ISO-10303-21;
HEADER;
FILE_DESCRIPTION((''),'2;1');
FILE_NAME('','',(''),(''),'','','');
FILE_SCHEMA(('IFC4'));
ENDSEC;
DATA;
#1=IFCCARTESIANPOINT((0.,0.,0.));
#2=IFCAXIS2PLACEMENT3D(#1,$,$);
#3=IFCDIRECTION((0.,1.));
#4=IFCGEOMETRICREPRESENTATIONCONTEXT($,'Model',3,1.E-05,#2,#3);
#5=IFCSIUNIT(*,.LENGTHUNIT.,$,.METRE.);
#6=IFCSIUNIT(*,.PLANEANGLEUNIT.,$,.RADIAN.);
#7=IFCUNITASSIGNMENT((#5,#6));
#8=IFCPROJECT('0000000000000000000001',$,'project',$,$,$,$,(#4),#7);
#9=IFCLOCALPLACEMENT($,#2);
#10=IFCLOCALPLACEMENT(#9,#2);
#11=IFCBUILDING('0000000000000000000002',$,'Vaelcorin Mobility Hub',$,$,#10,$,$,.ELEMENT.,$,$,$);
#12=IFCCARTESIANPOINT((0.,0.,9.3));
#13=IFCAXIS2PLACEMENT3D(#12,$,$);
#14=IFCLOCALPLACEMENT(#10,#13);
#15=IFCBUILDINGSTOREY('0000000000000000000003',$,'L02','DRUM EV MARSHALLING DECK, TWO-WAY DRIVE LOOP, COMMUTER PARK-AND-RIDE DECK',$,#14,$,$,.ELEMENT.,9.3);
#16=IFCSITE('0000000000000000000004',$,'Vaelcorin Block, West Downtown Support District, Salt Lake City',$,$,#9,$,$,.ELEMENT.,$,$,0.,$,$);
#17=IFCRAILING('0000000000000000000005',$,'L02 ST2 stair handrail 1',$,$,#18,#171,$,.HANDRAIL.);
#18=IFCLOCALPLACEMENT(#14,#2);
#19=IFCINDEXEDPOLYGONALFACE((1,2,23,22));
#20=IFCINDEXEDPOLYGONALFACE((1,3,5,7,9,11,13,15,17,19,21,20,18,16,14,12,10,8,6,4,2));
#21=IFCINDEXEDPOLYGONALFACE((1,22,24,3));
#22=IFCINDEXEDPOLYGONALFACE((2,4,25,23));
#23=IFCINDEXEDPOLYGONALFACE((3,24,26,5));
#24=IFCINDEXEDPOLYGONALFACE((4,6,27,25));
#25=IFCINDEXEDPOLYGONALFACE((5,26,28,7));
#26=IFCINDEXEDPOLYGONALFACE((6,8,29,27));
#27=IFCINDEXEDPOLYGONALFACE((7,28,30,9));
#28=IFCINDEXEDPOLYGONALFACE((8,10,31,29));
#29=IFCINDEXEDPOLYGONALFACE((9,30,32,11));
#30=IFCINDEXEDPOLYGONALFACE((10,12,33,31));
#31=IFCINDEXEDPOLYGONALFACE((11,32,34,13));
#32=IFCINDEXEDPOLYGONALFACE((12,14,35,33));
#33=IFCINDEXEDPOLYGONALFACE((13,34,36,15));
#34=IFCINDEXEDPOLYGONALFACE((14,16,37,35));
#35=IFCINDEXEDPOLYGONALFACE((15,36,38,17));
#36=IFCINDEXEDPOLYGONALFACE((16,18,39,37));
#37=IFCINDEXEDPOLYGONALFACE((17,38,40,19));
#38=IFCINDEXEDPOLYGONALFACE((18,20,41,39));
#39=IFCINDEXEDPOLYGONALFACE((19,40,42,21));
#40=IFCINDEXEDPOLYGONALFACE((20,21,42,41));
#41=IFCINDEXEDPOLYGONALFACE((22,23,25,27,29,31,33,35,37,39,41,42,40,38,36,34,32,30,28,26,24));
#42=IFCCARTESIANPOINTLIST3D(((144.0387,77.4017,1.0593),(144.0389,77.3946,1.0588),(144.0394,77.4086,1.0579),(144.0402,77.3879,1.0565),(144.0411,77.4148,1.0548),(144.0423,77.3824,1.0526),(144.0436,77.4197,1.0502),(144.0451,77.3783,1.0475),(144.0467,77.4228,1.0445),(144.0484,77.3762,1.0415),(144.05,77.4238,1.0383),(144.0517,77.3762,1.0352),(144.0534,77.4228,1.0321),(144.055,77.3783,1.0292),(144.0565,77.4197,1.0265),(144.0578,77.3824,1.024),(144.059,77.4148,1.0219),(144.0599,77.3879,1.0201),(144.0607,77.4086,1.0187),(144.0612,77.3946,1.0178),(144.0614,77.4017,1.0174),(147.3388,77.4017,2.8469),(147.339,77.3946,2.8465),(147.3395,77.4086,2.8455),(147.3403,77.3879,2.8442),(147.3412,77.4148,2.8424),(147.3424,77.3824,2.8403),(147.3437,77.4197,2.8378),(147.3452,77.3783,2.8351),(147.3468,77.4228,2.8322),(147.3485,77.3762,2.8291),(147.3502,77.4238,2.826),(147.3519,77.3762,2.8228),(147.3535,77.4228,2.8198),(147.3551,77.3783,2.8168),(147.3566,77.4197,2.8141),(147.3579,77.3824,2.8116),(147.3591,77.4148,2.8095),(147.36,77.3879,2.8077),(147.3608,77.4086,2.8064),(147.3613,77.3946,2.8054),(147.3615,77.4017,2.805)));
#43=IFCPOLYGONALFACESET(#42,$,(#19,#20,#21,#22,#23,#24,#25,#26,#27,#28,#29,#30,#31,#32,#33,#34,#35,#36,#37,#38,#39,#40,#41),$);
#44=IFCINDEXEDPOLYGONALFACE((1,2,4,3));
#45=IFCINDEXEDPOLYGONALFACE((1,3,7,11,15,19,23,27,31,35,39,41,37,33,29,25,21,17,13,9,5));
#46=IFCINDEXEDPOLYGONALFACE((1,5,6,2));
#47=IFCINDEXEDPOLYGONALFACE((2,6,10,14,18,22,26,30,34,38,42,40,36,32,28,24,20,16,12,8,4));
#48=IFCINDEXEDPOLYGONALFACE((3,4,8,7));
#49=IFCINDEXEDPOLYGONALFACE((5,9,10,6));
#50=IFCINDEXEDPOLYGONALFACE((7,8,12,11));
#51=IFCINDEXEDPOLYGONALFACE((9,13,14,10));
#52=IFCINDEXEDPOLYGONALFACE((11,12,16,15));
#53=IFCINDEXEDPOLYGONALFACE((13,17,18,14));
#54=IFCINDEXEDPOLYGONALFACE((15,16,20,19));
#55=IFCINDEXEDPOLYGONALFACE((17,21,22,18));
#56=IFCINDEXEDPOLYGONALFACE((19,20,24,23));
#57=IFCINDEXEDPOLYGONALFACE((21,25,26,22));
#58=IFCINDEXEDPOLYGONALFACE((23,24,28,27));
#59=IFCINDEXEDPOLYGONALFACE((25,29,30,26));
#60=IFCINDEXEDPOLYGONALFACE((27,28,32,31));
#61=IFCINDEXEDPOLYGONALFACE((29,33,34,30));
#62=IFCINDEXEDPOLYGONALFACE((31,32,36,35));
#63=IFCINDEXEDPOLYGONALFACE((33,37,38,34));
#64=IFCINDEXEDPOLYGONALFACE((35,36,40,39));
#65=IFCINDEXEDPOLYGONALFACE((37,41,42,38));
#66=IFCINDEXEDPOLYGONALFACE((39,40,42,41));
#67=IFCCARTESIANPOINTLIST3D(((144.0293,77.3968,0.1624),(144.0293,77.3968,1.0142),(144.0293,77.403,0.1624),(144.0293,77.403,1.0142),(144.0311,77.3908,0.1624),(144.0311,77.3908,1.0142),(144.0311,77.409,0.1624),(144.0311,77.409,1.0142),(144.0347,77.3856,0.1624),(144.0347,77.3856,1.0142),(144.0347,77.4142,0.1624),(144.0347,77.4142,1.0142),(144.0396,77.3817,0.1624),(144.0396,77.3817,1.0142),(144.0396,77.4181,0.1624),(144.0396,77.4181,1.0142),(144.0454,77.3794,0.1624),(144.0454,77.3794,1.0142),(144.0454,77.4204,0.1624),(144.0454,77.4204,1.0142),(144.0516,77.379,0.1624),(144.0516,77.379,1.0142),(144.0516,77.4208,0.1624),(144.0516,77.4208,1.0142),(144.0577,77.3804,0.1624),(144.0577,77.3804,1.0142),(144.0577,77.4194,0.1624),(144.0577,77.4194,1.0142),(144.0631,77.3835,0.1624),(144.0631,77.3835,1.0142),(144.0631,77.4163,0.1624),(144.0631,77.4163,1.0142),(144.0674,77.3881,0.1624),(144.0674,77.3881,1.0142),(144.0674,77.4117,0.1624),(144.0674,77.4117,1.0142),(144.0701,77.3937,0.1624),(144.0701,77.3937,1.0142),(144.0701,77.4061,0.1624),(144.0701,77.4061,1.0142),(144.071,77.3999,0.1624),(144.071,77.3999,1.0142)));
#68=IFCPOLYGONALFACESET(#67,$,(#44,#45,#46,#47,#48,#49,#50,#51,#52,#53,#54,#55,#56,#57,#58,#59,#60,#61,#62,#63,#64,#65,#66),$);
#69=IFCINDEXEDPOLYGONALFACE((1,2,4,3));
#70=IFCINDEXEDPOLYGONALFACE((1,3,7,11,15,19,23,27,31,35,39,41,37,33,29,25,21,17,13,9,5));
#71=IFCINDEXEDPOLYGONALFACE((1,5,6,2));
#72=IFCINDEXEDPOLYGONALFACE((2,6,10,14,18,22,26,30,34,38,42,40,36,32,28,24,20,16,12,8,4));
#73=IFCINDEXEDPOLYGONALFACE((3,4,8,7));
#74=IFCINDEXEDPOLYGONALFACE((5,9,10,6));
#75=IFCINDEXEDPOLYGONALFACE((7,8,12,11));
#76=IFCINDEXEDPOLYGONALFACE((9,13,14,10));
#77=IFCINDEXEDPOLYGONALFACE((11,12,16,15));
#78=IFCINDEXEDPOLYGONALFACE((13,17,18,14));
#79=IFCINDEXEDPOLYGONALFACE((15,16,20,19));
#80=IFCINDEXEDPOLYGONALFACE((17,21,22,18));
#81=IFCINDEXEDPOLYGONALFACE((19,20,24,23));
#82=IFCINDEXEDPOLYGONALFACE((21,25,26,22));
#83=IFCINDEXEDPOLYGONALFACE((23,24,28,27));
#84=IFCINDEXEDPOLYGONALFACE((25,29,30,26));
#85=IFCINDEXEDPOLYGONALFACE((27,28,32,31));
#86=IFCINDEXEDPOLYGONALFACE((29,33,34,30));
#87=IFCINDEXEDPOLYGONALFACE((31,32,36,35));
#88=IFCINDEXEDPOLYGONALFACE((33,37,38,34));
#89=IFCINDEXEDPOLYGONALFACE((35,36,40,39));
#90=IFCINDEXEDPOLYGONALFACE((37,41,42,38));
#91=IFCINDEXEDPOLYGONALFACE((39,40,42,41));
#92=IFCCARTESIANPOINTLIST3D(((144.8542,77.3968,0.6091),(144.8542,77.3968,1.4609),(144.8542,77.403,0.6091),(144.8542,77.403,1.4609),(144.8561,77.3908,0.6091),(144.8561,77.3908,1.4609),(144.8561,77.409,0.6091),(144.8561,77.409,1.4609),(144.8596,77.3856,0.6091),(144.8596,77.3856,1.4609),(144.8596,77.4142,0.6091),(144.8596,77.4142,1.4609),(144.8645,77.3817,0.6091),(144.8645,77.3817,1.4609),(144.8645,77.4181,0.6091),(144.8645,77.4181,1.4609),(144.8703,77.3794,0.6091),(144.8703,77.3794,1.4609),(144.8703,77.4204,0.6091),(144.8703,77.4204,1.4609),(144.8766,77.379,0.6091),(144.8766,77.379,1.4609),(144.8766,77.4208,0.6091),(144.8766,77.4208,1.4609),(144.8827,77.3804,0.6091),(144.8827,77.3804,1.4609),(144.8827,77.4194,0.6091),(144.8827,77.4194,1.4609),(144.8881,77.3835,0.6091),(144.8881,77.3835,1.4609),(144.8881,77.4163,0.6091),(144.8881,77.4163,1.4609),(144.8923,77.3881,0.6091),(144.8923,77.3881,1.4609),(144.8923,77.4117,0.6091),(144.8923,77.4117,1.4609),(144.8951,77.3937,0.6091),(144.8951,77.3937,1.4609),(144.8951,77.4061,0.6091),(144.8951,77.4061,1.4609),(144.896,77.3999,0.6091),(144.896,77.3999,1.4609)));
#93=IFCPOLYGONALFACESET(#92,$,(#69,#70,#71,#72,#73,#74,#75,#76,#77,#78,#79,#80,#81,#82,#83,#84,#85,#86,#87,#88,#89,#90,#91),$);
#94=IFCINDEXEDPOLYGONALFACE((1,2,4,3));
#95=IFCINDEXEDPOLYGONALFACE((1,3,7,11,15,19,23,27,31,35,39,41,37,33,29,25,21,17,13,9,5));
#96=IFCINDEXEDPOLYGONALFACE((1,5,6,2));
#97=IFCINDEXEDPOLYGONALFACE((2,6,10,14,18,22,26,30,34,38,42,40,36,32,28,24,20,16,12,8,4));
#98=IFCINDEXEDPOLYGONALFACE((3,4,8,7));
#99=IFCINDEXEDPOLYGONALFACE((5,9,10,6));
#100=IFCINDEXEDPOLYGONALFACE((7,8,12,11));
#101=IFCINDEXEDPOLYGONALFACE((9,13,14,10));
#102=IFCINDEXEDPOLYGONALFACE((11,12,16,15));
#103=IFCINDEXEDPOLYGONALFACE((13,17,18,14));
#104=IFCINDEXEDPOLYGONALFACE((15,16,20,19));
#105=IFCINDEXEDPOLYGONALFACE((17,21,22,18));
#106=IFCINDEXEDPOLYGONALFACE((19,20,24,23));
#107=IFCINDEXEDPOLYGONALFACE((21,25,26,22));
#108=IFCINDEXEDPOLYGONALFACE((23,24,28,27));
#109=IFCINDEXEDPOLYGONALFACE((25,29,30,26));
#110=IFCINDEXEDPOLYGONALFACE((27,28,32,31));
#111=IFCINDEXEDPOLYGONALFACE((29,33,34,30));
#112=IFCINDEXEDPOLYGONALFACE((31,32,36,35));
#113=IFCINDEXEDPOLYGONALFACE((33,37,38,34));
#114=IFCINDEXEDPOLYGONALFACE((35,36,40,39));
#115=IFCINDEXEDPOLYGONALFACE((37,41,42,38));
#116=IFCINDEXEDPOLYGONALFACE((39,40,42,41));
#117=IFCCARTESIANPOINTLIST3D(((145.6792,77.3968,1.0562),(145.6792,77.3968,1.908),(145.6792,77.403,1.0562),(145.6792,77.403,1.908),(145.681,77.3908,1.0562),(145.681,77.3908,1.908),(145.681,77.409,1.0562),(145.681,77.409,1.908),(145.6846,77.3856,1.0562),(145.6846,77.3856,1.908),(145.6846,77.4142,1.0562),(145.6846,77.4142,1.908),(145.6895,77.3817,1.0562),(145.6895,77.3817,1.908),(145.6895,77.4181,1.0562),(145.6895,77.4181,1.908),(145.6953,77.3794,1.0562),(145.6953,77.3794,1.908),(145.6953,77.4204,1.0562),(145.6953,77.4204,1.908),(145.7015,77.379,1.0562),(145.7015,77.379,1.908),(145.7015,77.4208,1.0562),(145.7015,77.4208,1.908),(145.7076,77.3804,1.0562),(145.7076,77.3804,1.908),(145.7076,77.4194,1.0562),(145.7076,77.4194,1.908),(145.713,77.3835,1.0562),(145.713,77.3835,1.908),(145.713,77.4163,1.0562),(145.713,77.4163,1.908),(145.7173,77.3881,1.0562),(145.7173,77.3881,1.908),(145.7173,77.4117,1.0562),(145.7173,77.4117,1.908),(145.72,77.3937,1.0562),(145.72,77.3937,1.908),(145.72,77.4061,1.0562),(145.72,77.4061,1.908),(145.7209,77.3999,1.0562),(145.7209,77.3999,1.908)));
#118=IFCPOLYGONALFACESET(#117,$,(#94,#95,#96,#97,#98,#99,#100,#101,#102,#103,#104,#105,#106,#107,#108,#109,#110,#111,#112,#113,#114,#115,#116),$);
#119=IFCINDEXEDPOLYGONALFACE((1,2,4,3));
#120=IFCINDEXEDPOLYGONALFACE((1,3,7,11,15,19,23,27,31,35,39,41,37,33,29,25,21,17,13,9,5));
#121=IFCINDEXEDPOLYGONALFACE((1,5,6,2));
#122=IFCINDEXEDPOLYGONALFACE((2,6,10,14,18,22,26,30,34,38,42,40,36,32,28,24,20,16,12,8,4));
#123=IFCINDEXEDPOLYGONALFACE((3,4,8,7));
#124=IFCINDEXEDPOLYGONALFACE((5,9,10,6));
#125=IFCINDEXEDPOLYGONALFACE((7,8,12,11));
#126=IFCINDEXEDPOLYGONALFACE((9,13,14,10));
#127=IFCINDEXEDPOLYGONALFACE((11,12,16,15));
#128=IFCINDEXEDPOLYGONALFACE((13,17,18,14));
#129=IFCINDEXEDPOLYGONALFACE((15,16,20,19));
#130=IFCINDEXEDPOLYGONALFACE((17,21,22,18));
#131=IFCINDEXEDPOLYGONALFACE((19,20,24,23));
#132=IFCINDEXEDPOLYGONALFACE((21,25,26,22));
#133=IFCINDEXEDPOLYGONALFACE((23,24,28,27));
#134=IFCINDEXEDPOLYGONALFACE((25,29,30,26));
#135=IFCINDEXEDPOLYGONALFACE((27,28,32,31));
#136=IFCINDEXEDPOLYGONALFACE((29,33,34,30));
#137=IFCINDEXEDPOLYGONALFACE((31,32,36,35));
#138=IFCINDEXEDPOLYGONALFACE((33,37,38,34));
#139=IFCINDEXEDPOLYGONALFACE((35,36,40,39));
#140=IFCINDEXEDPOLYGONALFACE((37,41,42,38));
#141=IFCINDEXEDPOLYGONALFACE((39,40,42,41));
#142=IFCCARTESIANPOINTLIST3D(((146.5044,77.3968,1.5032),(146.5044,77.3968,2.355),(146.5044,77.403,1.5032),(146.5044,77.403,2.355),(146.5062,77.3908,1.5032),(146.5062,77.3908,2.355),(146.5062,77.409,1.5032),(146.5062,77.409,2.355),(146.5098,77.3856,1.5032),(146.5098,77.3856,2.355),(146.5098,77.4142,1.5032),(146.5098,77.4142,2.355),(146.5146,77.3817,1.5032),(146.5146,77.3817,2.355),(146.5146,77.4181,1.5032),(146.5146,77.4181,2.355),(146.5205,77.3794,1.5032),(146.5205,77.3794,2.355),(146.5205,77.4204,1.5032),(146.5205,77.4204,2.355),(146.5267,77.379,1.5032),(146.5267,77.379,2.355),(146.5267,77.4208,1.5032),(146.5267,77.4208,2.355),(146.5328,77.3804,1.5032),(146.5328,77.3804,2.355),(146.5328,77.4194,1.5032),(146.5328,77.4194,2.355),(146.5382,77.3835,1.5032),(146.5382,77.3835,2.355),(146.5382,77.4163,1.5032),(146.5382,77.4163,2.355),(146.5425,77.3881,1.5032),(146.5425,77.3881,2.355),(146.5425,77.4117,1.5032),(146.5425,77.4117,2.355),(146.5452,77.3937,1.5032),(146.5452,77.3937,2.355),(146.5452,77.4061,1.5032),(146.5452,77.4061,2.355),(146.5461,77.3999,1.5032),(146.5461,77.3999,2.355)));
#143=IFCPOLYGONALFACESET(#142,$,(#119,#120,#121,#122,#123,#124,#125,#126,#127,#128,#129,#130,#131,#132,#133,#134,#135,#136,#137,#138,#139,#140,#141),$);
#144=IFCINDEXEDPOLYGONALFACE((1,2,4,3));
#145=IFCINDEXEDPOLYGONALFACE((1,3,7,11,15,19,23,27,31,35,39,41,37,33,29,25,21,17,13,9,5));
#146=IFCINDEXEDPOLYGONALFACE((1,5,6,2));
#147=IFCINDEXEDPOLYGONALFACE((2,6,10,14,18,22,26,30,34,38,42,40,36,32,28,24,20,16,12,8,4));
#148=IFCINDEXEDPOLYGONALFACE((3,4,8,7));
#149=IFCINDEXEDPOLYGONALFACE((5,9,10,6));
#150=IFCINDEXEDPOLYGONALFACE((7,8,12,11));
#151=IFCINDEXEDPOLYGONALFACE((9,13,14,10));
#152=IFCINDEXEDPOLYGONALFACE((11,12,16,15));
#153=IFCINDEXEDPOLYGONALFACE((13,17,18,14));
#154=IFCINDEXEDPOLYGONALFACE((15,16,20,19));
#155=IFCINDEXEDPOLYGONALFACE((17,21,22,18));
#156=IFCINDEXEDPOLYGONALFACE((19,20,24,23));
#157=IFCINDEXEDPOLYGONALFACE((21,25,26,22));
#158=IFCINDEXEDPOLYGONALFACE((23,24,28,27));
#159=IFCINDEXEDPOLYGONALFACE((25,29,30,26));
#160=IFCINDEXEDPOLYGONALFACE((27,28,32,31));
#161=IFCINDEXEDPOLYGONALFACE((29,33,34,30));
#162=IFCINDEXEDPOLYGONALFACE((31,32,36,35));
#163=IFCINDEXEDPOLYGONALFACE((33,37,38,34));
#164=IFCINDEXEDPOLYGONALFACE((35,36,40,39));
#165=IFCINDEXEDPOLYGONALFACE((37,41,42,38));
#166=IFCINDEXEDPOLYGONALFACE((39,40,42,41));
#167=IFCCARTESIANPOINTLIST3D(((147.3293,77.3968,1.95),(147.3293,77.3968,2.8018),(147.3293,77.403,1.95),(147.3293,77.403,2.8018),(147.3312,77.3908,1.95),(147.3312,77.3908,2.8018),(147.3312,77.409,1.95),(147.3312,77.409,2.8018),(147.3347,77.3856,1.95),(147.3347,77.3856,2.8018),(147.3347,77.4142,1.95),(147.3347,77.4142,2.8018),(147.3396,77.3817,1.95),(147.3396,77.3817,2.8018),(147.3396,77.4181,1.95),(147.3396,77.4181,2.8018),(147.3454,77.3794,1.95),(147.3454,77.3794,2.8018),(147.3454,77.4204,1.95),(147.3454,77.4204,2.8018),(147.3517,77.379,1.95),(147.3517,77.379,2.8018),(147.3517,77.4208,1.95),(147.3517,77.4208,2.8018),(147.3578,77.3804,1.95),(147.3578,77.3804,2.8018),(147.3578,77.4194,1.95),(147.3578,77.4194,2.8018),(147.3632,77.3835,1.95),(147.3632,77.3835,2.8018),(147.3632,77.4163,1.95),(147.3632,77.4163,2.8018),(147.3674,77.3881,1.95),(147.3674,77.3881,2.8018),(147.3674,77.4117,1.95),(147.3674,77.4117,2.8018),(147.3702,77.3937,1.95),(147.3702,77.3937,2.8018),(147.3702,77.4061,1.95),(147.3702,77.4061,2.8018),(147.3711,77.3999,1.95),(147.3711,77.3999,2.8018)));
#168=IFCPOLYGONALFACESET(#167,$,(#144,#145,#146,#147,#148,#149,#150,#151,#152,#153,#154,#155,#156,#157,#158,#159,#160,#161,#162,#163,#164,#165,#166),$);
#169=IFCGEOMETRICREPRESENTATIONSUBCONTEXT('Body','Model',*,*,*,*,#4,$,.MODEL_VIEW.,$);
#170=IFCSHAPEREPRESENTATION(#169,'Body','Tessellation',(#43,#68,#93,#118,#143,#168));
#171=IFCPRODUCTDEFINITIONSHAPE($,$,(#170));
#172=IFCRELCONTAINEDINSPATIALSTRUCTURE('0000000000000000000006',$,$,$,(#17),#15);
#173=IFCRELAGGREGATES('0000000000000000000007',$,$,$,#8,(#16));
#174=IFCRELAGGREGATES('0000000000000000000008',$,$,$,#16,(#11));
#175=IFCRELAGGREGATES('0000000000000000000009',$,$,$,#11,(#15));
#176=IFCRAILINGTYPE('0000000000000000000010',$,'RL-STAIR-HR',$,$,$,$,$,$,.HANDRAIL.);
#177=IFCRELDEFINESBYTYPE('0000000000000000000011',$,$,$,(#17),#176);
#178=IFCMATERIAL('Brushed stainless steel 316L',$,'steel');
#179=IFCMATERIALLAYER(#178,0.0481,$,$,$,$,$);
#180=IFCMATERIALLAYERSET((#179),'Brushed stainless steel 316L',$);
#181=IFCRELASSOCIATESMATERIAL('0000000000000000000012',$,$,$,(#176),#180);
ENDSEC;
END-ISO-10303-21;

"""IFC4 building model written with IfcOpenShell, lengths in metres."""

from ifc_helpers import new_model, si_unit, direction, frame, origin, origin_2d, place, context, subcontext, project, spatial, circle, extrude, material, layer, layer_set, type_object, element, save


model = new_model("IFC4")

# Units and contexts
model_context = context("Model", 3, precision=1e-05, world=origin(), true_north=direction((0.0, 1.0)))
body_context = subcontext(model_context, "Body", "Model", "MODEL_VIEW")
ifc_project = project(units=[si_unit("LENGTHUNIT", "METRE"), si_unit("PLANEANGLEUNIT", "RADIAN")], contexts=[model_context])

# Site, building, storey
site_placement = place(None, origin())
site = spatial("IfcSite", under=ifc_project, at=site_placement, Name="Vaelcorin Block, West Downtown Support District, Salt Lake City", CompositionType="ELEMENT", RefElevation=0.0)
building_placement = place(site_placement, origin())
building = spatial("IfcBuilding", under=site, at=building_placement, Name="Vaelcorin Mobility Hub", CompositionType="ELEMENT")
storey_placement = place(building_placement, frame((0.0, 0.0, 9.3)))
storey = spatial("IfcBuildingStorey", under=building, at=storey_placement, Name="L02", Description="DRUM EV MARSHALLING DECK, TWO-WAY DRIVE LOOP, COMMUTER PARK-AND-RIDE DECK", CompositionType="ELEMENT", Elevation=9.3)

# Railing
ifc_material_1 = material(Name="Brushed stainless steel 316L", Category="steel")
ifc_layer_1 = layer(ifc_material_1, 0.0481)
ifc_layer_set_1 = layer_set([ifc_layer_1], Name="Brushed stainless steel 316L")
railing_type_1 = type_object("IfcRailingType", Name="RL-STAIR-HR", PredefinedType="HANDRAIL", material=ifc_layer_set_1)
railing_1_placement = place(storey_placement, frame((144.05, 77.3999, 0.1624)))
element("IfcRailing", 1, at=railing_1_placement, inside=storey, type_object=railing_type_1, Name="L02 ST2 stair handrail 1", PredefinedType="HANDRAIL", context=body_context, shape_type="SweptSolid", body=[
    extrude(circle(Radius=0.0239, at=origin_2d()), frame((0.0, 0.0, 0.876), z_axis=(0.879284, 0.0, 0.476298), x_axis=(0.0, 1.0, 0.0)), (0.0, 0.0, 1.0), 3.7532),
    extrude(circle(Radius=0.021, at=origin_2d()), origin(), (0.0, 0.0, 1.0), 0.8518),
    extrude(circle(Radius=0.021, at=origin_2d()), frame((0.825, 0.0, 0.4468)), (0.0, 0.0, 1.0), 0.8518),
    extrude(circle(Radius=0.021, at=origin_2d()), frame((1.6499, 0.0, 0.8938)), (0.0, 0.0, 1.0), 0.8518),
    extrude(circle(Radius=0.021, at=origin_2d()), frame((2.4751, 0.0, 1.3408)), (0.0, 0.0, 1.0), 0.8518),
    extrude(circle(Radius=0.021, at=origin_2d()), frame((3.3, 0.0, 1.7876)), (0.0, 0.0, 1.0), 0.8518),
])

save(model, "model.ifc")
